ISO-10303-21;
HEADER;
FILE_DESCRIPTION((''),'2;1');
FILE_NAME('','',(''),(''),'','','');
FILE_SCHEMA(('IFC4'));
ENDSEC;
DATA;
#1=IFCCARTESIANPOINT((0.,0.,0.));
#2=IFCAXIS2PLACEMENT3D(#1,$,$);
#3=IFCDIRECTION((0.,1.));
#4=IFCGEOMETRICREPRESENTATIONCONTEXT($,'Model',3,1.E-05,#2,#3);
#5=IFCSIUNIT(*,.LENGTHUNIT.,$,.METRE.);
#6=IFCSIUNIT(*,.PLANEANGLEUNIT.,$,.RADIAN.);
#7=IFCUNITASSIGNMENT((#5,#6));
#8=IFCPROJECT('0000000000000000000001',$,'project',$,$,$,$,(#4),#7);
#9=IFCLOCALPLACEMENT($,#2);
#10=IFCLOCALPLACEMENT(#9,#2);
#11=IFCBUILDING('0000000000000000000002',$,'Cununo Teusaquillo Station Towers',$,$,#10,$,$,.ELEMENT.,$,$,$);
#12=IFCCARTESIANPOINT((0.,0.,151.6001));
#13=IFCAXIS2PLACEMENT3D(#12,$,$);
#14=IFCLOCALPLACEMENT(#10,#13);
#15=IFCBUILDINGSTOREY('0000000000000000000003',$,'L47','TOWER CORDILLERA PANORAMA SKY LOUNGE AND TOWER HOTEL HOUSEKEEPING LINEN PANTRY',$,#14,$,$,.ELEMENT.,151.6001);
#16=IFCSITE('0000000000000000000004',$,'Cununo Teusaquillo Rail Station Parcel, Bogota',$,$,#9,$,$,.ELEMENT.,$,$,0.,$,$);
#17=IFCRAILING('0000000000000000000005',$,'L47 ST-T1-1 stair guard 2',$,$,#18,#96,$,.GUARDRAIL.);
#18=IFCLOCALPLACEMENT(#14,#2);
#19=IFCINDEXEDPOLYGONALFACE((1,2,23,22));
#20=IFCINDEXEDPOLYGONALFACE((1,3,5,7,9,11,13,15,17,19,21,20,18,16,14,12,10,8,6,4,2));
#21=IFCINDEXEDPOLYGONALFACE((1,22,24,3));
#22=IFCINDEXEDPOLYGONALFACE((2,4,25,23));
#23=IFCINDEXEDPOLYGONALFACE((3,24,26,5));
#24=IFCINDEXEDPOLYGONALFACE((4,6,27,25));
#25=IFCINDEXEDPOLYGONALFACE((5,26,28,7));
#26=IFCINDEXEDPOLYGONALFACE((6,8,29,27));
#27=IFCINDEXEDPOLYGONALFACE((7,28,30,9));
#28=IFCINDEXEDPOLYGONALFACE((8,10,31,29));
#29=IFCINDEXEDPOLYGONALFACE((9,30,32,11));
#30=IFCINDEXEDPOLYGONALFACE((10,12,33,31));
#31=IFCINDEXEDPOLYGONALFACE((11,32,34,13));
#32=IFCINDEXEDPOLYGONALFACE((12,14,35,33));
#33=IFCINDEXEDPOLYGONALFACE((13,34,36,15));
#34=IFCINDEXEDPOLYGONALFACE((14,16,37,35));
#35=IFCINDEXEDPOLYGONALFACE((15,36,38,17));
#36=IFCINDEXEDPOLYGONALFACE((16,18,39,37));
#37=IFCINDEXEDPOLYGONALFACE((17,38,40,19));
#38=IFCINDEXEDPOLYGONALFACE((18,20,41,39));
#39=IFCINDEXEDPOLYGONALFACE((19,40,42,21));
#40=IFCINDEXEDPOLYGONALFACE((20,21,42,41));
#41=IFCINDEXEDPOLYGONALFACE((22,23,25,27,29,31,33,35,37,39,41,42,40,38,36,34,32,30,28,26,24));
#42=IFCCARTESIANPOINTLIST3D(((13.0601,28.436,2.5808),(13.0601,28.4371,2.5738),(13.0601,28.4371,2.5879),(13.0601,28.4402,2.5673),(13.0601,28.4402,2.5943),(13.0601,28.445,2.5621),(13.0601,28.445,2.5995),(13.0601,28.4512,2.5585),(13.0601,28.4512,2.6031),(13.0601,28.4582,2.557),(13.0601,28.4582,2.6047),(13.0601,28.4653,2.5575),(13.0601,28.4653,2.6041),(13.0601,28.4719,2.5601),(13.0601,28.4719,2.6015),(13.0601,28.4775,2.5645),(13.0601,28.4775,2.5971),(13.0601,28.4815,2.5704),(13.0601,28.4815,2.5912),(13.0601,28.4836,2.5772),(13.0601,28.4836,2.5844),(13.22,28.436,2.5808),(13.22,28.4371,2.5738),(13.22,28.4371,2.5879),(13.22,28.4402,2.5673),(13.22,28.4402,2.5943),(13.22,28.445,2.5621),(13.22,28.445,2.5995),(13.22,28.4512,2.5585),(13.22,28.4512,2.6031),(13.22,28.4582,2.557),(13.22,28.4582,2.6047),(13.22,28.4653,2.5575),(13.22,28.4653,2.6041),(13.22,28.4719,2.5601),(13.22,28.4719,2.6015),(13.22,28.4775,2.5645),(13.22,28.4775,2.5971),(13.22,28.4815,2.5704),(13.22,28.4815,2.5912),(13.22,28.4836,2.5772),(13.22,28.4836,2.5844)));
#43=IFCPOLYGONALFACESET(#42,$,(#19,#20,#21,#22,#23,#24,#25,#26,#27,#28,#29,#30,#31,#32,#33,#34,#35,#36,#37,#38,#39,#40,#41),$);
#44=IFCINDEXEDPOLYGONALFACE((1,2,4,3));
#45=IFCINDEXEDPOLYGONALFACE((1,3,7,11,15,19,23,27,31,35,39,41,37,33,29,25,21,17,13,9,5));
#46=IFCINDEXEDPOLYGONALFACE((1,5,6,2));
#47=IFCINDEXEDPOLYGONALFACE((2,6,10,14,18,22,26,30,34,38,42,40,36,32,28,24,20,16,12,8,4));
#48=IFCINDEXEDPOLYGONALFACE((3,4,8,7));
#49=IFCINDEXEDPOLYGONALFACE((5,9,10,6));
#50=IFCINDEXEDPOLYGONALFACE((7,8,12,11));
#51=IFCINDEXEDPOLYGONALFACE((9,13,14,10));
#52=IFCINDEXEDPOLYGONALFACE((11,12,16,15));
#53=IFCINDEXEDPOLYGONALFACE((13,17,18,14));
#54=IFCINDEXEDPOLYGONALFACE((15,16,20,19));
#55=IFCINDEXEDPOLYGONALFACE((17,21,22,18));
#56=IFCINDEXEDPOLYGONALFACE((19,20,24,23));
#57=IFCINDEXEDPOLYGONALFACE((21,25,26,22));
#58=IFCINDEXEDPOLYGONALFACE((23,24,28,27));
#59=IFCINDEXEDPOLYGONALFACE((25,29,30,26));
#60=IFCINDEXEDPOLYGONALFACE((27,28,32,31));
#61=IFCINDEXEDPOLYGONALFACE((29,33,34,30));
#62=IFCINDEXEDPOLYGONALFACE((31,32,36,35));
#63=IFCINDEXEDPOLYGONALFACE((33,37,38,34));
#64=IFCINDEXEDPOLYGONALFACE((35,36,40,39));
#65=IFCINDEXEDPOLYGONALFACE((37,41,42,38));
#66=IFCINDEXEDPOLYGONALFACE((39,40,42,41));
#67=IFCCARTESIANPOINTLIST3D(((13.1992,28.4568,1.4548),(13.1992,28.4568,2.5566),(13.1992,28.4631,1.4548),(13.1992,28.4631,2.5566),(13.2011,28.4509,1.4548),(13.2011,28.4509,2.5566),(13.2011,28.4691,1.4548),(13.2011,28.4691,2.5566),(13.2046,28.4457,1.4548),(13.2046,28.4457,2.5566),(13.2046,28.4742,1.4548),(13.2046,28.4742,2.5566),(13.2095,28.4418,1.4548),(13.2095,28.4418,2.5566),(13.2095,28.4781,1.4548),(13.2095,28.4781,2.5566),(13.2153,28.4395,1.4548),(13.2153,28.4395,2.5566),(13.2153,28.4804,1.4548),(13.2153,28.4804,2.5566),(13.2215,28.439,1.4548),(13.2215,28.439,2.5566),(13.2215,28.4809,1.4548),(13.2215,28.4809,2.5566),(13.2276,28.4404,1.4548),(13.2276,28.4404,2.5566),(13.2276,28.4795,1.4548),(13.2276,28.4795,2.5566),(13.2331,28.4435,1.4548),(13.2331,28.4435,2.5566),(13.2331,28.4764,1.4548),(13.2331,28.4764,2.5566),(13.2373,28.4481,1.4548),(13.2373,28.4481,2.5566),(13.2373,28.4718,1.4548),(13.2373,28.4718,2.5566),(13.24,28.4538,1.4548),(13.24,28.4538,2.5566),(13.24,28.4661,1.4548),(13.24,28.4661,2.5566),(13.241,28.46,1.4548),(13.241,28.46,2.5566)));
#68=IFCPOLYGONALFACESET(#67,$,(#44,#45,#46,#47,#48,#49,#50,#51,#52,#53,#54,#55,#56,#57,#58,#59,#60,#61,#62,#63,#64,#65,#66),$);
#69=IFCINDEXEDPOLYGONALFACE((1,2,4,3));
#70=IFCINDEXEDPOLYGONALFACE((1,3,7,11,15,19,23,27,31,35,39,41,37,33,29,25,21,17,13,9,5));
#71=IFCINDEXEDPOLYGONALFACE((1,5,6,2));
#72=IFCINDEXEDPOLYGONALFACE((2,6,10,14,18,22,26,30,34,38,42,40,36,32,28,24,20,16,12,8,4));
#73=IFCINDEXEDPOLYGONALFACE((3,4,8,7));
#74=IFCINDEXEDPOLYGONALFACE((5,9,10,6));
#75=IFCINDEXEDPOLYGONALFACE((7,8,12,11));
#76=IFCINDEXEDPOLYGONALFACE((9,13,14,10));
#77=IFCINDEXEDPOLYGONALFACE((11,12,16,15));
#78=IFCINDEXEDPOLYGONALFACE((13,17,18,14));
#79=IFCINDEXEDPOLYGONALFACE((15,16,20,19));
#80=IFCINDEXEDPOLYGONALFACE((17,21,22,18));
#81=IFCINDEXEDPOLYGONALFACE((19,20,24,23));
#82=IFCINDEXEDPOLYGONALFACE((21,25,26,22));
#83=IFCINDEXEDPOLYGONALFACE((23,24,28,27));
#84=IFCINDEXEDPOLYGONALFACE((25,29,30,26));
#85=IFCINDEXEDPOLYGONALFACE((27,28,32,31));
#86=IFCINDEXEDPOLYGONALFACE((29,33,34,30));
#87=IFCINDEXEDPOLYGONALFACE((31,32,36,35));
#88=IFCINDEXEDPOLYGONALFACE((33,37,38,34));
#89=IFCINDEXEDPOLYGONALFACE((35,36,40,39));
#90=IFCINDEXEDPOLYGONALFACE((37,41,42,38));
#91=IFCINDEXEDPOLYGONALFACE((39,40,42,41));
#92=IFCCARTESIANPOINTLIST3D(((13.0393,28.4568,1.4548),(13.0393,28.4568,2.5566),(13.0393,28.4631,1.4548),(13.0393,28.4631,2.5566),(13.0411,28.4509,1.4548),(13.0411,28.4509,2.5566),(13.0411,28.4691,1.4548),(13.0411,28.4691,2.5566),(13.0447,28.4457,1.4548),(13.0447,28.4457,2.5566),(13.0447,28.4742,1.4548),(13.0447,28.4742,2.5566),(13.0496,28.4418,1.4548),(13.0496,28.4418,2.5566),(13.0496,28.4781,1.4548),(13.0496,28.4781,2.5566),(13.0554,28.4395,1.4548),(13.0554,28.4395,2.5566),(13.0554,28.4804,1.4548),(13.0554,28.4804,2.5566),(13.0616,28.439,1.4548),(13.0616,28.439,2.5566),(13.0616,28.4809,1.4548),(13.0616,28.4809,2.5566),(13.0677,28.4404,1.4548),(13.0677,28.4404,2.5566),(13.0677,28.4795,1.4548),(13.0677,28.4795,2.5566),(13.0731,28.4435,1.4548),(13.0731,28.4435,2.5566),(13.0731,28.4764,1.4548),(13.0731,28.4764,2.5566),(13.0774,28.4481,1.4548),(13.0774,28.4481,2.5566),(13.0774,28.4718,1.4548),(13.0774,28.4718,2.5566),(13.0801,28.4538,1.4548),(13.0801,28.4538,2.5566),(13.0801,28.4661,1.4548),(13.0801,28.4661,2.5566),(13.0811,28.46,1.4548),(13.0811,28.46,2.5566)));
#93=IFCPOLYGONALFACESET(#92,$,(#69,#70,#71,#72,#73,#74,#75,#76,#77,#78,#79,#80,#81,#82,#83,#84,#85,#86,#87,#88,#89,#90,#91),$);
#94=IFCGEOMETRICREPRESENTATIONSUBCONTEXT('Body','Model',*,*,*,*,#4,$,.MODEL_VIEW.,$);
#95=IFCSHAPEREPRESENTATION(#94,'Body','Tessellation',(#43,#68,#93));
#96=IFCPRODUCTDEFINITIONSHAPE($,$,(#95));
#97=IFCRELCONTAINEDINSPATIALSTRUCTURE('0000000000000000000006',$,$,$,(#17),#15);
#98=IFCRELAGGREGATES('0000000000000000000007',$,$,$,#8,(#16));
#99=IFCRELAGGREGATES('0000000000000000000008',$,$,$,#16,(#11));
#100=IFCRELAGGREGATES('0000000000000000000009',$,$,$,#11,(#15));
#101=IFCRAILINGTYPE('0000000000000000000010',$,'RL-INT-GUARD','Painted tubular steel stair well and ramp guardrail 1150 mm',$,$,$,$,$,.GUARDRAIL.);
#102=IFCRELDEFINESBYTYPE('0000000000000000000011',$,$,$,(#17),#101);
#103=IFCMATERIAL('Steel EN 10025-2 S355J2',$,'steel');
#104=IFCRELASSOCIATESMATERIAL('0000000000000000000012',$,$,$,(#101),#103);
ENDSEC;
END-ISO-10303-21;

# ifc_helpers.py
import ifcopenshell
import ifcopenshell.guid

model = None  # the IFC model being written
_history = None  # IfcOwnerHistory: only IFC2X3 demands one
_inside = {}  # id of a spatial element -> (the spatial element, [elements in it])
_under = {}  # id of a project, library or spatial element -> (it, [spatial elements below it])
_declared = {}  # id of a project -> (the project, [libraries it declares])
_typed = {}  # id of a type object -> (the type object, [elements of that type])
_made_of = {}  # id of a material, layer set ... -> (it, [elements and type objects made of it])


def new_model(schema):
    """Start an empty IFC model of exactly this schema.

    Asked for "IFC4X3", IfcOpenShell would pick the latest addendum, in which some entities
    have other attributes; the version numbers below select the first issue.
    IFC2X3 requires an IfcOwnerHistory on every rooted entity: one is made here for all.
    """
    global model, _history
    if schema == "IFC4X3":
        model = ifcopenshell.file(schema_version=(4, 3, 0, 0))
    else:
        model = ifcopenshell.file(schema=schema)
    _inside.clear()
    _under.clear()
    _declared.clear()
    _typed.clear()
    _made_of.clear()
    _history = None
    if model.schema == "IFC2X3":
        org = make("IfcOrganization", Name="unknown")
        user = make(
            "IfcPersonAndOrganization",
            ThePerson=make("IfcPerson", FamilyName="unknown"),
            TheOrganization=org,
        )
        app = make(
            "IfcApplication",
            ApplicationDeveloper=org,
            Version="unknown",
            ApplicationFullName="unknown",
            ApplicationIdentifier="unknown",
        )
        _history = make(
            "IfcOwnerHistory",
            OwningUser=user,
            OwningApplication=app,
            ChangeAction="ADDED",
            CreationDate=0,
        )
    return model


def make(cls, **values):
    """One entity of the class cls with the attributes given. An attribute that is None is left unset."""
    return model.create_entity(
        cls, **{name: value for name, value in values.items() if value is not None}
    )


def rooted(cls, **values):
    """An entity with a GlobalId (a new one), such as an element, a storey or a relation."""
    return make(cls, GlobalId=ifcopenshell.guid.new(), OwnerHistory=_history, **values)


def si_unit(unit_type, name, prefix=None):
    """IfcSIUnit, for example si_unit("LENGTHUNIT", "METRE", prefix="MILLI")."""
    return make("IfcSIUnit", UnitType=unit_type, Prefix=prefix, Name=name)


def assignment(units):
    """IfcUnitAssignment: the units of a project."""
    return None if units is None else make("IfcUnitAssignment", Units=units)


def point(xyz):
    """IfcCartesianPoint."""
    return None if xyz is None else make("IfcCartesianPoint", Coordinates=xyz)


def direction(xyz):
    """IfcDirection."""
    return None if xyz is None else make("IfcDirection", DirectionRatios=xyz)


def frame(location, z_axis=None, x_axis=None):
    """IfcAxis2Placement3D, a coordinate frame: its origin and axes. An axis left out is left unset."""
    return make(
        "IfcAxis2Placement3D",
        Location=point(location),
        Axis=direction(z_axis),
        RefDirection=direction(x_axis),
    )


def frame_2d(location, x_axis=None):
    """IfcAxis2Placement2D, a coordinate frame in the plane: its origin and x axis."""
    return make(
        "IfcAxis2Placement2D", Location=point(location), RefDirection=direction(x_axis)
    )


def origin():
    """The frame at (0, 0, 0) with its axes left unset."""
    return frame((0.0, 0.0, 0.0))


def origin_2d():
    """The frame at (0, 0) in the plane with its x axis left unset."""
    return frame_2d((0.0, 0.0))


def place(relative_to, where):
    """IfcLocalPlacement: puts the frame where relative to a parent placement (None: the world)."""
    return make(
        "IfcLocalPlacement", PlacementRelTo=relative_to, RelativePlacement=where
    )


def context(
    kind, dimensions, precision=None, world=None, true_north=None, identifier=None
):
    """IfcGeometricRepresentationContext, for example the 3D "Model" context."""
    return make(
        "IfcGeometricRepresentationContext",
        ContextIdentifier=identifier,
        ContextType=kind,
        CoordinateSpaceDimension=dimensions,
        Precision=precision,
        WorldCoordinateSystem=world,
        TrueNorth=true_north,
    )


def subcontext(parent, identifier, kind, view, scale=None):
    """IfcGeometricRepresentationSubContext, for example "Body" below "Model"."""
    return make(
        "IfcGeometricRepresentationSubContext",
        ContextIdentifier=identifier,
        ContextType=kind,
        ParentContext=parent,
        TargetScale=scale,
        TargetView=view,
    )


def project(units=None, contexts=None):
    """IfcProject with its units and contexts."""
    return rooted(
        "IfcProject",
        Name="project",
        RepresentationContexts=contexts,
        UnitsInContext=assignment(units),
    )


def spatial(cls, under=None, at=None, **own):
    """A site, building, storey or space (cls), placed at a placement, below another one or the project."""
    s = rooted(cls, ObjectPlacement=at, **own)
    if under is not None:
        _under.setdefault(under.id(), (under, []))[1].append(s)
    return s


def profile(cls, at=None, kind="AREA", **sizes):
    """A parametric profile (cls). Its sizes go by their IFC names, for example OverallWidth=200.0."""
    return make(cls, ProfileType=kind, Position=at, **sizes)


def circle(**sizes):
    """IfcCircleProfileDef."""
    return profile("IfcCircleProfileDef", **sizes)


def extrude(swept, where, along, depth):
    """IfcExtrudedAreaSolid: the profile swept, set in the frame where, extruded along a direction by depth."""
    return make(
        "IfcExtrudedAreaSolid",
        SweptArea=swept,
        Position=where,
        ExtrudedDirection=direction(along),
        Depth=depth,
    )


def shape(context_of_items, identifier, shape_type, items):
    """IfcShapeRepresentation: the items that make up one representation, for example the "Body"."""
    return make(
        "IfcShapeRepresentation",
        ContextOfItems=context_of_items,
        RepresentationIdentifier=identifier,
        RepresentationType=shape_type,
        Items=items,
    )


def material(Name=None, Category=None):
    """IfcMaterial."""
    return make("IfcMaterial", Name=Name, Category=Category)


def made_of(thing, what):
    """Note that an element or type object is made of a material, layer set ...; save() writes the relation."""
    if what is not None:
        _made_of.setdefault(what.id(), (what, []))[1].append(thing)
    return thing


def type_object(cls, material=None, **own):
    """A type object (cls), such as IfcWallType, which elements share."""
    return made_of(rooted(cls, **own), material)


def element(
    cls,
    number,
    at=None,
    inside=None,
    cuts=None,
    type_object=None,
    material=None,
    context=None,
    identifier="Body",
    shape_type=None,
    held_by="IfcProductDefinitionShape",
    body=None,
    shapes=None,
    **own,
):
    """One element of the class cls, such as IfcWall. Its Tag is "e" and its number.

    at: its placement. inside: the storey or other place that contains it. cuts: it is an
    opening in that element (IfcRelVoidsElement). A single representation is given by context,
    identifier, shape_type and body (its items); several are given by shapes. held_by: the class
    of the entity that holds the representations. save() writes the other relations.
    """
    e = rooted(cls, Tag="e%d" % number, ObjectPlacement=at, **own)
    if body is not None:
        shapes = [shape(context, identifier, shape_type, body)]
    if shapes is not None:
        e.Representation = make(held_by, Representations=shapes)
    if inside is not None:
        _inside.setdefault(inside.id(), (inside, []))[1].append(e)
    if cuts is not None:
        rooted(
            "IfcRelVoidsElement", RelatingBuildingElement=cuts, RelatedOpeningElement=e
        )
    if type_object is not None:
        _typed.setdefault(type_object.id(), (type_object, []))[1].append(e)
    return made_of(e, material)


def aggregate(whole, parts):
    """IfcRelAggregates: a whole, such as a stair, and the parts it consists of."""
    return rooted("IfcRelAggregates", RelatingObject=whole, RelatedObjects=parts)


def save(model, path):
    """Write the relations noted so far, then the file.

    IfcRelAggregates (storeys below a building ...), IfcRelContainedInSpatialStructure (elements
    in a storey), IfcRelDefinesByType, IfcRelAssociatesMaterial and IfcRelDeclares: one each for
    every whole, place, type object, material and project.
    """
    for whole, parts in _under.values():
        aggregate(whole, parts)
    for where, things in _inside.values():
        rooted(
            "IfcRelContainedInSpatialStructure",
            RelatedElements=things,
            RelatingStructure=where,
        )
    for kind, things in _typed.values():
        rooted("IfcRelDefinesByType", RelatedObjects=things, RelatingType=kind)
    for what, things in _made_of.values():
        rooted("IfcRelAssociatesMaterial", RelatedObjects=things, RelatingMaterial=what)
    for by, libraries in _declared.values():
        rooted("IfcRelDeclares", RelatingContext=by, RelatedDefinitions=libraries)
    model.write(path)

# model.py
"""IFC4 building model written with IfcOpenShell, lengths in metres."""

from ifc_helpers import new_model, si_unit, direction, frame, origin, origin_2d, place, context, subcontext, project, spatial, circle, extrude, material, type_object, element, save


model = new_model("IFC4")

# Units and contexts
model_context = context("Model", 3, precision=1e-05, world=origin(), true_north=direction((0.0, 1.0)))
body_context = subcontext(model_context, "Body", "Model", "MODEL_VIEW")
ifc_project = project(units=[si_unit("LENGTHUNIT", "METRE"), si_unit("PLANEANGLEUNIT", "RADIAN")], contexts=[model_context])

# Site, building, storey
site_placement = place(None, origin())
site = spatial("IfcSite", under=ifc_project, at=site_placement, Name="Cununo Teusaquillo Rail Station Parcel, Bogota", CompositionType="ELEMENT", RefElevation=0.0)
building_placement = place(site_placement, origin())
building = spatial("IfcBuilding", under=site, at=building_placement, Name="Cununo Teusaquillo Station Towers", CompositionType="ELEMENT")
storey_placement = place(building_placement, frame((0.0, 0.0, 151.6001)))
storey = spatial("IfcBuildingStorey", under=building, at=storey_placement, Name="L47", Description="TOWER CORDILLERA PANORAMA SKY LOUNGE AND TOWER HOTEL HOUSEKEEPING LINEN PANTRY", CompositionType="ELEMENT", Elevation=151.6001)

# Railing
ifc_material_1 = material(Name="Steel EN 10025-2 S355J2", Category="steel")
railing_type_1 = type_object("IfcRailingType", Name="RL-INT-GUARD", Description="Painted tubular steel stair well and ramp guardrail 1150 mm", PredefinedType="GUARDRAIL", material=ifc_material_1)
railing_1_placement = place(storey_placement, frame((13.22, 28.46, 1.4548)))
element("IfcRailing", 1, at=railing_1_placement, inside=storey, type_object=railing_type_1, Name="L47 ST-T1-1 stair guard 2", PredefinedType="GUARDRAIL", context=body_context, shape_type="SweptSolid", body=[
    extrude(circle(Radius=0.0239, at=origin_2d()), frame((0.0, 0.0, 1.126), z_axis=(-1.0, 0.0, 0.0), x_axis=(0.0, -1.0, 0.0)), (0.0, 0.0, 1.0), 0.1599),
    extrude(circle(Radius=0.021, at=origin_2d()), origin(), (0.0, 0.0, 1.0), 1.1018),
    extrude(circle(Radius=0.021, at=origin_2d()), frame((-0.1599, 0.0, 0.0)), (0.0, 0.0, 1.0), 1.1018),
])

save(model, "model.ifc")
